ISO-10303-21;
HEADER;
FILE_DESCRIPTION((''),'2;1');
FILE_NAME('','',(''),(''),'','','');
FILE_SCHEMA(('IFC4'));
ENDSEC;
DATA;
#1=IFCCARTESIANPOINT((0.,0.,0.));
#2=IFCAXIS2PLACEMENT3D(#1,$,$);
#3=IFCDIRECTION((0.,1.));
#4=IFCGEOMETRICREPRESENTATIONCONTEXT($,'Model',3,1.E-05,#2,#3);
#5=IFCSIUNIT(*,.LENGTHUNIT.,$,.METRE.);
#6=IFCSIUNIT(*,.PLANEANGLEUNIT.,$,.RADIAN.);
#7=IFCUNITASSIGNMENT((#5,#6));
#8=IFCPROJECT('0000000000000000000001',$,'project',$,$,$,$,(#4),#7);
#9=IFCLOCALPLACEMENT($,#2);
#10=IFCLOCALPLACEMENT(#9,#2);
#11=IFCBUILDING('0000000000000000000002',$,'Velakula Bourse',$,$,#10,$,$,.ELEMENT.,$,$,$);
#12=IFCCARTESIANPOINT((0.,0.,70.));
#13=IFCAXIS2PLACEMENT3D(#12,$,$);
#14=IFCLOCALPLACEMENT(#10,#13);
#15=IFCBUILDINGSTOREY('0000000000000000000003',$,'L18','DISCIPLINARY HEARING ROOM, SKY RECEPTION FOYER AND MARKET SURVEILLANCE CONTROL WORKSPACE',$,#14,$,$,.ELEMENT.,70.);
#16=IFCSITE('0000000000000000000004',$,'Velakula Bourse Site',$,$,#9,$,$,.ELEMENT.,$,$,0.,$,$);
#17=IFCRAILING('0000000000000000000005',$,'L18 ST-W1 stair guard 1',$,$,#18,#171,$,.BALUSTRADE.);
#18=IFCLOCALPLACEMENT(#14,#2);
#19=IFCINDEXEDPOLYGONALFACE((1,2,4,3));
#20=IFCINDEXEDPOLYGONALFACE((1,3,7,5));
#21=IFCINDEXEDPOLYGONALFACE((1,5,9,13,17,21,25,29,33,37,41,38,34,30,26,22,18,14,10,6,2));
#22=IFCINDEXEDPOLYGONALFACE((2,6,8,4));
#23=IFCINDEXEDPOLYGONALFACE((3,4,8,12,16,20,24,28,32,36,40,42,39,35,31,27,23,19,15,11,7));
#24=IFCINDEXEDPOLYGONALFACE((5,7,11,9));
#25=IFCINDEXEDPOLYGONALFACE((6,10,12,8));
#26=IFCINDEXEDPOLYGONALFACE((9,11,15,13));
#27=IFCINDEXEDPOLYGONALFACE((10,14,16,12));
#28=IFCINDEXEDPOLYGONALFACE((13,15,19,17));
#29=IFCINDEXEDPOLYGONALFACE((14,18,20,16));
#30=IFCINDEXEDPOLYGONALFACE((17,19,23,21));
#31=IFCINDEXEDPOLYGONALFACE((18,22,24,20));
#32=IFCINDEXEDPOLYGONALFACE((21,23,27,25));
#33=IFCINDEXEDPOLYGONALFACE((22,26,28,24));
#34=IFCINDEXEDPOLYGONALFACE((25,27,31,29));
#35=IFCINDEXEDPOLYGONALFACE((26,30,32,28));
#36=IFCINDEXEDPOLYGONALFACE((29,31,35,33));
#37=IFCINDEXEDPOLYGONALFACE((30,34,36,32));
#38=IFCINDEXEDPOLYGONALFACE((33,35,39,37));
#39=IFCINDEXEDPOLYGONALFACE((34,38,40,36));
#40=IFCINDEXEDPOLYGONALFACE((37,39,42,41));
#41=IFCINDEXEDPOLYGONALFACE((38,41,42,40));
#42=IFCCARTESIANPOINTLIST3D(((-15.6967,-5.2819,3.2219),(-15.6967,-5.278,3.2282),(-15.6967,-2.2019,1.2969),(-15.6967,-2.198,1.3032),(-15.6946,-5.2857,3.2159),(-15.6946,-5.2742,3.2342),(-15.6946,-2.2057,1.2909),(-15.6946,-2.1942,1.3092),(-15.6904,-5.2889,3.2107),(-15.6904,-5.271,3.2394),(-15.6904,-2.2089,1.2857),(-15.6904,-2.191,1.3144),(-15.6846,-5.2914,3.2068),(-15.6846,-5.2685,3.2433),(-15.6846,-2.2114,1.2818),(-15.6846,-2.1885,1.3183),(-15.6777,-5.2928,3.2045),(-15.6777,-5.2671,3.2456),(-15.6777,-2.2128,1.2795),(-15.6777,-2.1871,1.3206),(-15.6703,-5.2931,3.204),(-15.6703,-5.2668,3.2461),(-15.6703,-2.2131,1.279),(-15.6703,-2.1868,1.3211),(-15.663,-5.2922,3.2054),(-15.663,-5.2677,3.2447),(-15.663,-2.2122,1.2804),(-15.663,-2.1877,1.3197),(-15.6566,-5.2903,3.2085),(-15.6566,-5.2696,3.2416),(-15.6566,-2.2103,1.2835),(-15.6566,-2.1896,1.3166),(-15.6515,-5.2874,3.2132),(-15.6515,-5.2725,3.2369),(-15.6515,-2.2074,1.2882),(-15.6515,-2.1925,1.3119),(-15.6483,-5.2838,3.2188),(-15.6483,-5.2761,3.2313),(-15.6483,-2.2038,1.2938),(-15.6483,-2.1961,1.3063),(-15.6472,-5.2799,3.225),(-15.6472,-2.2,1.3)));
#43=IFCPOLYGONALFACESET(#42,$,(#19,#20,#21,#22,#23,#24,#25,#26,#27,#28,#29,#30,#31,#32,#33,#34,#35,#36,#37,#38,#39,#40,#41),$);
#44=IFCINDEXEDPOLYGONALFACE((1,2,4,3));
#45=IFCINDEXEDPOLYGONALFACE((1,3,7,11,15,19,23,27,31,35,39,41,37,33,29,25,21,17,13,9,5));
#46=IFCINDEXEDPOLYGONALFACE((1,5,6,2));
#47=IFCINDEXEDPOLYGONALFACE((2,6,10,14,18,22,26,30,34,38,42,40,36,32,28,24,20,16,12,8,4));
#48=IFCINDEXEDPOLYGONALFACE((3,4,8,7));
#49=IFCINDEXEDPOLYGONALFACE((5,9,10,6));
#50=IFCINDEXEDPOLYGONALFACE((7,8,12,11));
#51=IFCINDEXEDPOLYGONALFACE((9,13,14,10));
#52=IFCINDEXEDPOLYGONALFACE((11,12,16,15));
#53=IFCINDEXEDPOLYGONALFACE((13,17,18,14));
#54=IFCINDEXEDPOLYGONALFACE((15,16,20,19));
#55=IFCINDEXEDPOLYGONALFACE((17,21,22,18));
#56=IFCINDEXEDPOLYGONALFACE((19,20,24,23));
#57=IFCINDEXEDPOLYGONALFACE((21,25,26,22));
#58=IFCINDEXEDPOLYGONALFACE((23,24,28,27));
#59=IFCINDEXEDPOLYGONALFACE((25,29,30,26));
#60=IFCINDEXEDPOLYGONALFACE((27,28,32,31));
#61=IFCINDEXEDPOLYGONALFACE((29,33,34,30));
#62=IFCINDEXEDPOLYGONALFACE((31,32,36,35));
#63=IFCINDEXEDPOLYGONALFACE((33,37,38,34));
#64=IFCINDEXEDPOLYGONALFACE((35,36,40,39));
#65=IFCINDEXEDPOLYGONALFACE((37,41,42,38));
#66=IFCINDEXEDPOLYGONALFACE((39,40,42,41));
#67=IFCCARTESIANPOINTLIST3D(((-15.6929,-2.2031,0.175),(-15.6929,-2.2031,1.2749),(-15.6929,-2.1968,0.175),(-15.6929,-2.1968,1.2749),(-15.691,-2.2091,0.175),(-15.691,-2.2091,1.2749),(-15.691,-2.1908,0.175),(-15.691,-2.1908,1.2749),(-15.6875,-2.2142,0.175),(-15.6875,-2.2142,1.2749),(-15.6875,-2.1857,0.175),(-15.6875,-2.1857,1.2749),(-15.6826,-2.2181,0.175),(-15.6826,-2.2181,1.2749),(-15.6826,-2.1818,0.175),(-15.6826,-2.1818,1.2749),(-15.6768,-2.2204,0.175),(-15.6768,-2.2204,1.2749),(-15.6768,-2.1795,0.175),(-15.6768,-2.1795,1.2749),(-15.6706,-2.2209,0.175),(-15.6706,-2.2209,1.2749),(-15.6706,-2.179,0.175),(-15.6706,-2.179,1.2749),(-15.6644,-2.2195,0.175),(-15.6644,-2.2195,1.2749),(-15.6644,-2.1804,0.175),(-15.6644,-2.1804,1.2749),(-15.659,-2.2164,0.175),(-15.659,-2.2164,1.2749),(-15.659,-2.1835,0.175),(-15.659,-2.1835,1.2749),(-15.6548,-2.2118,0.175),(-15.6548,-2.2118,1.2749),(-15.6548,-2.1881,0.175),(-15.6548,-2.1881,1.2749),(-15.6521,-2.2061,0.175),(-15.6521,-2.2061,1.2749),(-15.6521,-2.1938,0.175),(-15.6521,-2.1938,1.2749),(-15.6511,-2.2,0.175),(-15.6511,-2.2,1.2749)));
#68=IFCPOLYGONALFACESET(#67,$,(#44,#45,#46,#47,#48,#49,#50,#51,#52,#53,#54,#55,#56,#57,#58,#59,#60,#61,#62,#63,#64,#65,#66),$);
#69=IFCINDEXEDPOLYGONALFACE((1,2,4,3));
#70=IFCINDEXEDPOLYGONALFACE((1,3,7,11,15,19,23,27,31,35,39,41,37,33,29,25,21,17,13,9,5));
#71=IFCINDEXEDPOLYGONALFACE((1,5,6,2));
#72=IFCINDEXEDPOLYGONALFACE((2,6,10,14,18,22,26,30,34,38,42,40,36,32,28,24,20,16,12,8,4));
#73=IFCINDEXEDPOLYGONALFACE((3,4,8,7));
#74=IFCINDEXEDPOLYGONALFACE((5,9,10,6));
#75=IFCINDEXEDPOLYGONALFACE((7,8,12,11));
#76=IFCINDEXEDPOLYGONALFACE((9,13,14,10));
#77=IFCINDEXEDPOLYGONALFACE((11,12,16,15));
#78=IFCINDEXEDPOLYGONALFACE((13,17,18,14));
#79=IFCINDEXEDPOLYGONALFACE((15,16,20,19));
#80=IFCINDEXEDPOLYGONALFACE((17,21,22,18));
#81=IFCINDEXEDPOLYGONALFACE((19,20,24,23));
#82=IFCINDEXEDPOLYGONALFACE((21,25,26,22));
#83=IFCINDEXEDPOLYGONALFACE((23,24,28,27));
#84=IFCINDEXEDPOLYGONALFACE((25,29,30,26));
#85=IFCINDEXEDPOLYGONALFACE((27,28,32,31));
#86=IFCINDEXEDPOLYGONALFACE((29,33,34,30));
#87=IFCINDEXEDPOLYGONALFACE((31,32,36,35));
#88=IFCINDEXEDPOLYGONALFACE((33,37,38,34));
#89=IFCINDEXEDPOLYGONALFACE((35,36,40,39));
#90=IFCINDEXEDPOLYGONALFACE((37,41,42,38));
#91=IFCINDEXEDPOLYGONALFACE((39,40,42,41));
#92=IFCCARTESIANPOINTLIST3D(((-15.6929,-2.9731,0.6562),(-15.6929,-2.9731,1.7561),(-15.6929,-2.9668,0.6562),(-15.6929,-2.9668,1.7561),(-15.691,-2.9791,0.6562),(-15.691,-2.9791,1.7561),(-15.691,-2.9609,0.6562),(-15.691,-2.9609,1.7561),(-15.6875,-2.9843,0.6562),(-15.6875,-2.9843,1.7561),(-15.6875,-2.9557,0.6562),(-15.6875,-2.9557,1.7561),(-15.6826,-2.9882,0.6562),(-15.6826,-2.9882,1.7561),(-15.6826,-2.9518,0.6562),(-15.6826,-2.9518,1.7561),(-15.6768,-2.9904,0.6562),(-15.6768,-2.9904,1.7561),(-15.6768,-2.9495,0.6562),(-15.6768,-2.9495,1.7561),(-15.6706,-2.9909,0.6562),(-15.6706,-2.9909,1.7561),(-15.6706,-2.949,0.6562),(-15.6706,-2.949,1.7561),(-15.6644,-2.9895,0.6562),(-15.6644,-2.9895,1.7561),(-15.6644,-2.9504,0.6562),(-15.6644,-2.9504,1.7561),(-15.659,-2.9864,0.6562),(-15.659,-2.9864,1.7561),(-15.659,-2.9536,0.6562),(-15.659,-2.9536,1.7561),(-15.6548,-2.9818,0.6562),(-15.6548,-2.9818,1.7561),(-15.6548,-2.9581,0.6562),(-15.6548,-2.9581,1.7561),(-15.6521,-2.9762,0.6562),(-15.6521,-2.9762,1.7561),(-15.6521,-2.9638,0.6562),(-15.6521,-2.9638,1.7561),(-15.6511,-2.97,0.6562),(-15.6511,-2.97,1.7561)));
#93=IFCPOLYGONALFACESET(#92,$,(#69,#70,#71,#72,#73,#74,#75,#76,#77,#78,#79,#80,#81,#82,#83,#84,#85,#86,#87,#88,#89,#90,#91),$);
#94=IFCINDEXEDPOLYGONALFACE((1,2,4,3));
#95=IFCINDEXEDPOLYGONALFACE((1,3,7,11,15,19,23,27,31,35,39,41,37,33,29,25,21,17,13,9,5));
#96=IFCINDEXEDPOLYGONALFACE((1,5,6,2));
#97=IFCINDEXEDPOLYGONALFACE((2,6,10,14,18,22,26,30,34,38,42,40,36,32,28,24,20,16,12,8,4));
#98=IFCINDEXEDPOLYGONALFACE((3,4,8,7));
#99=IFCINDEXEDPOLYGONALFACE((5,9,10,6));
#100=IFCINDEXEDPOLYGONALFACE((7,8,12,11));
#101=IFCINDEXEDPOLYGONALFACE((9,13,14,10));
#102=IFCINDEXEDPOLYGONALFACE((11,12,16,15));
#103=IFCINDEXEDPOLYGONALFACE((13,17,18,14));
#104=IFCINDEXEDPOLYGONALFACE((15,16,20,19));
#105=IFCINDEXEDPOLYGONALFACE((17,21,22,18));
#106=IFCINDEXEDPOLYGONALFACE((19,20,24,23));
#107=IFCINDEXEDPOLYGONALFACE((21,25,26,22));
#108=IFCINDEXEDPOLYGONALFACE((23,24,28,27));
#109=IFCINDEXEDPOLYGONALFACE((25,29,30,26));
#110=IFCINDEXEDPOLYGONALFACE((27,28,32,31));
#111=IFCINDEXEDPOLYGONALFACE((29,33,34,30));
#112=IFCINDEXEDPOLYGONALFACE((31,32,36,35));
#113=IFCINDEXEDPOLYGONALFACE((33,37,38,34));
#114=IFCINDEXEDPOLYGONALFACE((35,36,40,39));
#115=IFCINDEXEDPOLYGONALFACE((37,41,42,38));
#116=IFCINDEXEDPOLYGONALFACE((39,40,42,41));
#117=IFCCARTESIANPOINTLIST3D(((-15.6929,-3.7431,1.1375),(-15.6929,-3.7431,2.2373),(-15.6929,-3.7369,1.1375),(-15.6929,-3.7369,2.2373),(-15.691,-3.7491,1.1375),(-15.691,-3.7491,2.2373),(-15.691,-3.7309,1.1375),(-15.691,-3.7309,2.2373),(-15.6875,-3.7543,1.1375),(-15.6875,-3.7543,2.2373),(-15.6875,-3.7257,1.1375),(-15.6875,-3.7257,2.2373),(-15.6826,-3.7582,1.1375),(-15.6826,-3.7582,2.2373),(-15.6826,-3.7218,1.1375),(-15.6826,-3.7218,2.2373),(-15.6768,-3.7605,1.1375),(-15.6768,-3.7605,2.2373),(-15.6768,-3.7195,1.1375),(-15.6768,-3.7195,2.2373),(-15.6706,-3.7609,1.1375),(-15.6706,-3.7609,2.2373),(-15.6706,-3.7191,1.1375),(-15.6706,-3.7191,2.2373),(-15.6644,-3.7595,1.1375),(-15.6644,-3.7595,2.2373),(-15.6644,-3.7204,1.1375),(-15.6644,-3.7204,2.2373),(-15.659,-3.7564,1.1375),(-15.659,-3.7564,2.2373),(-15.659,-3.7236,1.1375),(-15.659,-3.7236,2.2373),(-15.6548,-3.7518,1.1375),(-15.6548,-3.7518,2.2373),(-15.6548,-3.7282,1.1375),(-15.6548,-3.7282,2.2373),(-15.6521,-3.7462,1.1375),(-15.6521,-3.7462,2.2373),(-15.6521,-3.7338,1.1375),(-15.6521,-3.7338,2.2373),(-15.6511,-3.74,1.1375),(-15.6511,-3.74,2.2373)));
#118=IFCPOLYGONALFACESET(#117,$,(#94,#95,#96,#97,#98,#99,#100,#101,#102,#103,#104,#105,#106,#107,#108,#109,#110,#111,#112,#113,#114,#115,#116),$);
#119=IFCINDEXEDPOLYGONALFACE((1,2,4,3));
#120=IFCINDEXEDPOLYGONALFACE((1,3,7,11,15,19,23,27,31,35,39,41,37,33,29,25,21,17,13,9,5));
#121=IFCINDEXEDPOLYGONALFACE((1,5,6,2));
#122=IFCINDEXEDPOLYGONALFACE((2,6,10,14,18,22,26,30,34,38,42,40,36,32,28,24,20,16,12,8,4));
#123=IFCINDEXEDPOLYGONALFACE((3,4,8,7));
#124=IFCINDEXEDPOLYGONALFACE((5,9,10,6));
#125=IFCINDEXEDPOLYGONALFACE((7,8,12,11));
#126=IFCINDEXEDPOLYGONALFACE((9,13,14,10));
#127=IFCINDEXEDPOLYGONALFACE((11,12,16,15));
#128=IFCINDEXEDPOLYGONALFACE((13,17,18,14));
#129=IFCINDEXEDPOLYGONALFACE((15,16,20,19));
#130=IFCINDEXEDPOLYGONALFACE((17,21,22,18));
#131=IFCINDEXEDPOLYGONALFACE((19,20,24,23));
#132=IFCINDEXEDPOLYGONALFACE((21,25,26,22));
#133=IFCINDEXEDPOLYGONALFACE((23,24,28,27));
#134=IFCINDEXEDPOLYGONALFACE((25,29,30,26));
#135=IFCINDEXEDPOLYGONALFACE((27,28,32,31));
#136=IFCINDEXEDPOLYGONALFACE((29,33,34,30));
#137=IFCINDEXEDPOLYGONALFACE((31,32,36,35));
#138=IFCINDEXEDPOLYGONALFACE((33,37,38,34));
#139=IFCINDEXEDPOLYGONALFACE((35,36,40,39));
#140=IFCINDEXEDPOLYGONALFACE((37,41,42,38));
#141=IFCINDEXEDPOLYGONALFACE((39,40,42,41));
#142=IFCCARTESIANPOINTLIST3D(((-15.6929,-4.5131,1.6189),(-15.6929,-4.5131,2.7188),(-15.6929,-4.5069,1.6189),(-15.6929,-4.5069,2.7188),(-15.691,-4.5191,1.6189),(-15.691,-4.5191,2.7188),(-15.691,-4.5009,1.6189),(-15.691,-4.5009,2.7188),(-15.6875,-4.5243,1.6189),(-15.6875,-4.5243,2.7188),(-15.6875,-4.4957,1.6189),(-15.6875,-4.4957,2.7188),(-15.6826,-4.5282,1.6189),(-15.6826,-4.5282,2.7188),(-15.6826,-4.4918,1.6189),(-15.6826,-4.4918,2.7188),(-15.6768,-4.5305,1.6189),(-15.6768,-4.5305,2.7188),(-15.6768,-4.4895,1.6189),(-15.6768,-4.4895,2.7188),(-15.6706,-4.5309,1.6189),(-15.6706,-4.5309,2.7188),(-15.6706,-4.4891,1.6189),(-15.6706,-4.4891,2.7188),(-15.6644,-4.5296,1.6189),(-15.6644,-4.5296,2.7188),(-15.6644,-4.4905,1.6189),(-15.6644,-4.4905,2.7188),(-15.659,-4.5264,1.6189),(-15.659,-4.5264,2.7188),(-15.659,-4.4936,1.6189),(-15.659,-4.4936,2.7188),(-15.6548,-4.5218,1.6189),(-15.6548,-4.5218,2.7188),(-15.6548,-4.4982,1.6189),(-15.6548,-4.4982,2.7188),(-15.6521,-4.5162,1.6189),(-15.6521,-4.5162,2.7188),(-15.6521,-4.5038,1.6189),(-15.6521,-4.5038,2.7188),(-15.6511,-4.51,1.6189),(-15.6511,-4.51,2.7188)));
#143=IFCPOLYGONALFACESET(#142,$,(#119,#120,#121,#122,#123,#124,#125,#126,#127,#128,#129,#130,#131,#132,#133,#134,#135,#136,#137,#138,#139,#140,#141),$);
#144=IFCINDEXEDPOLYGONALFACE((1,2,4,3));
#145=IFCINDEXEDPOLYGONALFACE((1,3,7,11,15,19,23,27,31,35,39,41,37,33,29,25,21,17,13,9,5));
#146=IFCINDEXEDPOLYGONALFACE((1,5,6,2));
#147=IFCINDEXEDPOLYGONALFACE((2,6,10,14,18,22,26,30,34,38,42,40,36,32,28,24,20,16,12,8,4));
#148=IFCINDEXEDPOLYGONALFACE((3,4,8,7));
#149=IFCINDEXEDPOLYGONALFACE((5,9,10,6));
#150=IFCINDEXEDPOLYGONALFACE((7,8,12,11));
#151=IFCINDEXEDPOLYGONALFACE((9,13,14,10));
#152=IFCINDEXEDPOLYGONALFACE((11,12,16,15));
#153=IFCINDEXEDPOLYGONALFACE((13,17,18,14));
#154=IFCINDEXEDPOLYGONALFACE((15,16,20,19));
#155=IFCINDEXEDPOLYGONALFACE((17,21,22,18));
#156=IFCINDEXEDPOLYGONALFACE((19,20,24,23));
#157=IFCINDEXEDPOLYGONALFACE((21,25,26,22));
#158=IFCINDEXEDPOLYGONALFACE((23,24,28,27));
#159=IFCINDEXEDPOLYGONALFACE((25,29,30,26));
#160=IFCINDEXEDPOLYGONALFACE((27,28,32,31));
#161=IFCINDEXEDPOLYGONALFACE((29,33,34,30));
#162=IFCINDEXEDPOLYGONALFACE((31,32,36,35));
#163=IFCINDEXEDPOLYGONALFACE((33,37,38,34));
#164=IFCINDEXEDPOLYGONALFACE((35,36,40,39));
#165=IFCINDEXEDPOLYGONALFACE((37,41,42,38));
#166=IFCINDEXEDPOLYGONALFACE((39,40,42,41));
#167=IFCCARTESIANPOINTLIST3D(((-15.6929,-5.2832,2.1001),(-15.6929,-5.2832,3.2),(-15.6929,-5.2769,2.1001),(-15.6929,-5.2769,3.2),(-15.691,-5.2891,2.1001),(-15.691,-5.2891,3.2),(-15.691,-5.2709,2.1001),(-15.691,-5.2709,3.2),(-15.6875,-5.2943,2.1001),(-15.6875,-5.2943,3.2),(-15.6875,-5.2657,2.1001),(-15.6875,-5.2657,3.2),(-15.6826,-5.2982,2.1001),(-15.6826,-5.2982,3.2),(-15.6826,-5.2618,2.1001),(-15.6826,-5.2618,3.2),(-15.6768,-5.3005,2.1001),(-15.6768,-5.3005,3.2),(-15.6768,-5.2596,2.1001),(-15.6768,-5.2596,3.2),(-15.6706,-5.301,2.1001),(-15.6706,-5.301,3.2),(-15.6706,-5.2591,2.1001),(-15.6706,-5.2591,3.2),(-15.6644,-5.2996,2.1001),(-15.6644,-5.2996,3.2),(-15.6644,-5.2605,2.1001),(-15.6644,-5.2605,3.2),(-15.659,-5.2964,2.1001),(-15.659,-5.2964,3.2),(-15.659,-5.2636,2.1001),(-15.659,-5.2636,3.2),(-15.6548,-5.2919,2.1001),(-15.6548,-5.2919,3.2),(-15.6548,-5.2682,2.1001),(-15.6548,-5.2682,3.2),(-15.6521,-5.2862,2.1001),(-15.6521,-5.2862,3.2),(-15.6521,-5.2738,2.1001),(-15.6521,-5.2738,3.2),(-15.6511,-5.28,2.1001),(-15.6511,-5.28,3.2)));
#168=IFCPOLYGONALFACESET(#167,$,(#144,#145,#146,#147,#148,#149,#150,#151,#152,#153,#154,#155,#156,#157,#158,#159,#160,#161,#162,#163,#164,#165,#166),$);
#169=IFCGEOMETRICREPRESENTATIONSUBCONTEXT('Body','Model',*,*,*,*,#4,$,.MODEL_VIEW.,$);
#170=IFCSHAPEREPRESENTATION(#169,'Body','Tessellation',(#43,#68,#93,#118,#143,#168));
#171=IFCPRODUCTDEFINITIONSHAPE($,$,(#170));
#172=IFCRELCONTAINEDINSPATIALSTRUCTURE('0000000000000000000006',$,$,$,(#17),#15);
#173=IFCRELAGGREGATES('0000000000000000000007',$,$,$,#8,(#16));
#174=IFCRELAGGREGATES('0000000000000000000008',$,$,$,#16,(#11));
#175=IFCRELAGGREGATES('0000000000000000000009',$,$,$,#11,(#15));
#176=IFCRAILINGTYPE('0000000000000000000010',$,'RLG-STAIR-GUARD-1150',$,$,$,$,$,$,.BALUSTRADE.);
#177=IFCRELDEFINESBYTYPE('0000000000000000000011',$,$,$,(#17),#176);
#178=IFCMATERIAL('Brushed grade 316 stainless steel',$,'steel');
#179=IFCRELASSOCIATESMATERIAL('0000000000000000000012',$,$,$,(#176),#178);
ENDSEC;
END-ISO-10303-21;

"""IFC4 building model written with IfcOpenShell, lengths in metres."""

from ifc_helpers import new_model, si_unit, direction, frame, origin, origin_2d, place, context, subcontext, project, spatial, circle, extrude, material, type_object, element, save


model = new_model("IFC4")

# Units and contexts
model_context = context("Model", 3, precision=1e-05, world=origin(), true_north=direction((0.0, 1.0)))
body_context = subcontext(model_context, "Body", "Model", "MODEL_VIEW")
ifc_project = project(units=[si_unit("LENGTHUNIT", "METRE"), si_unit("PLANEANGLEUNIT", "RADIAN")], contexts=[model_context])

# Site, building, storey
site_placement = place(None, origin())
site = spatial("IfcSite", under=ifc_project, at=site_placement, Name="Velakula Bourse Site", CompositionType="ELEMENT", RefElevation=0.0)
building_placement = place(site_placement, origin())
building = spatial("IfcBuilding", under=site, at=building_placement, Name="Velakula Bourse", CompositionType="ELEMENT")
storey_placement = place(building_placement, frame((0.0, 0.0, 70.0)))
storey = spatial("IfcBuildingStorey", under=building, at=storey_placement, Name="L18", Description="DISCIPLINARY HEARING ROOM, SKY RECEPTION FOYER AND MARKET SURVEILLANCE CONTROL WORKSPACE", CompositionType="ELEMENT", Elevation=70.0)

# Railing
ifc_material_1 = material(Name="Brushed grade 316 stainless steel", Category="steel")
railing_type_1 = type_object("IfcRailingType", Name="RLG-STAIR-GUARD-1150", PredefinedType="BALUSTRADE", material=ifc_material_1)
railing_1_placement = place(storey_placement, frame((-15.6721, -2.2, 0.175)))
element("IfcRailing", 1, at=railing_1_placement, inside=storey, type_object=railing_type_1, Name="L18 ST-W1 stair guard 1", PredefinedType="BALUSTRADE", context=body_context, shape_type="SweptSolid", body=[
    extrude(circle(Radius=0.0249, at=origin_2d()), frame((0.0, 0.0, 1.125), z_axis=(0.0, -0.847998, 0.529999), x_axis=(1.0, 0.0, 0.0)), (0.0, 0.0, 1.0), 3.6321),
    extrude(circle(Radius=0.021, at=origin_2d()), origin(), (0.0, 0.0, 1.0), 1.0999),
    extrude(circle(Radius=0.021, at=origin_2d()), frame((0.0, -0.77, 0.4812)), (0.0, 0.0, 1.0), 1.0999),
    extrude(circle(Radius=0.021, at=origin_2d()), frame((0.0, -1.54, 0.9624)), (0.0, 0.0, 1.0), 1.0999),
    extrude(circle(Radius=0.021, at=origin_2d()), frame((0.0, -2.3101, 1.4438)), (0.0, 0.0, 1.0), 1.0999),
    extrude(circle(Radius=0.021, at=origin_2d()), frame((0.0, -3.0801, 1.925)), (0.0, 0.0, 1.0), 1.0999),
])

save(model, "model.ifc")
